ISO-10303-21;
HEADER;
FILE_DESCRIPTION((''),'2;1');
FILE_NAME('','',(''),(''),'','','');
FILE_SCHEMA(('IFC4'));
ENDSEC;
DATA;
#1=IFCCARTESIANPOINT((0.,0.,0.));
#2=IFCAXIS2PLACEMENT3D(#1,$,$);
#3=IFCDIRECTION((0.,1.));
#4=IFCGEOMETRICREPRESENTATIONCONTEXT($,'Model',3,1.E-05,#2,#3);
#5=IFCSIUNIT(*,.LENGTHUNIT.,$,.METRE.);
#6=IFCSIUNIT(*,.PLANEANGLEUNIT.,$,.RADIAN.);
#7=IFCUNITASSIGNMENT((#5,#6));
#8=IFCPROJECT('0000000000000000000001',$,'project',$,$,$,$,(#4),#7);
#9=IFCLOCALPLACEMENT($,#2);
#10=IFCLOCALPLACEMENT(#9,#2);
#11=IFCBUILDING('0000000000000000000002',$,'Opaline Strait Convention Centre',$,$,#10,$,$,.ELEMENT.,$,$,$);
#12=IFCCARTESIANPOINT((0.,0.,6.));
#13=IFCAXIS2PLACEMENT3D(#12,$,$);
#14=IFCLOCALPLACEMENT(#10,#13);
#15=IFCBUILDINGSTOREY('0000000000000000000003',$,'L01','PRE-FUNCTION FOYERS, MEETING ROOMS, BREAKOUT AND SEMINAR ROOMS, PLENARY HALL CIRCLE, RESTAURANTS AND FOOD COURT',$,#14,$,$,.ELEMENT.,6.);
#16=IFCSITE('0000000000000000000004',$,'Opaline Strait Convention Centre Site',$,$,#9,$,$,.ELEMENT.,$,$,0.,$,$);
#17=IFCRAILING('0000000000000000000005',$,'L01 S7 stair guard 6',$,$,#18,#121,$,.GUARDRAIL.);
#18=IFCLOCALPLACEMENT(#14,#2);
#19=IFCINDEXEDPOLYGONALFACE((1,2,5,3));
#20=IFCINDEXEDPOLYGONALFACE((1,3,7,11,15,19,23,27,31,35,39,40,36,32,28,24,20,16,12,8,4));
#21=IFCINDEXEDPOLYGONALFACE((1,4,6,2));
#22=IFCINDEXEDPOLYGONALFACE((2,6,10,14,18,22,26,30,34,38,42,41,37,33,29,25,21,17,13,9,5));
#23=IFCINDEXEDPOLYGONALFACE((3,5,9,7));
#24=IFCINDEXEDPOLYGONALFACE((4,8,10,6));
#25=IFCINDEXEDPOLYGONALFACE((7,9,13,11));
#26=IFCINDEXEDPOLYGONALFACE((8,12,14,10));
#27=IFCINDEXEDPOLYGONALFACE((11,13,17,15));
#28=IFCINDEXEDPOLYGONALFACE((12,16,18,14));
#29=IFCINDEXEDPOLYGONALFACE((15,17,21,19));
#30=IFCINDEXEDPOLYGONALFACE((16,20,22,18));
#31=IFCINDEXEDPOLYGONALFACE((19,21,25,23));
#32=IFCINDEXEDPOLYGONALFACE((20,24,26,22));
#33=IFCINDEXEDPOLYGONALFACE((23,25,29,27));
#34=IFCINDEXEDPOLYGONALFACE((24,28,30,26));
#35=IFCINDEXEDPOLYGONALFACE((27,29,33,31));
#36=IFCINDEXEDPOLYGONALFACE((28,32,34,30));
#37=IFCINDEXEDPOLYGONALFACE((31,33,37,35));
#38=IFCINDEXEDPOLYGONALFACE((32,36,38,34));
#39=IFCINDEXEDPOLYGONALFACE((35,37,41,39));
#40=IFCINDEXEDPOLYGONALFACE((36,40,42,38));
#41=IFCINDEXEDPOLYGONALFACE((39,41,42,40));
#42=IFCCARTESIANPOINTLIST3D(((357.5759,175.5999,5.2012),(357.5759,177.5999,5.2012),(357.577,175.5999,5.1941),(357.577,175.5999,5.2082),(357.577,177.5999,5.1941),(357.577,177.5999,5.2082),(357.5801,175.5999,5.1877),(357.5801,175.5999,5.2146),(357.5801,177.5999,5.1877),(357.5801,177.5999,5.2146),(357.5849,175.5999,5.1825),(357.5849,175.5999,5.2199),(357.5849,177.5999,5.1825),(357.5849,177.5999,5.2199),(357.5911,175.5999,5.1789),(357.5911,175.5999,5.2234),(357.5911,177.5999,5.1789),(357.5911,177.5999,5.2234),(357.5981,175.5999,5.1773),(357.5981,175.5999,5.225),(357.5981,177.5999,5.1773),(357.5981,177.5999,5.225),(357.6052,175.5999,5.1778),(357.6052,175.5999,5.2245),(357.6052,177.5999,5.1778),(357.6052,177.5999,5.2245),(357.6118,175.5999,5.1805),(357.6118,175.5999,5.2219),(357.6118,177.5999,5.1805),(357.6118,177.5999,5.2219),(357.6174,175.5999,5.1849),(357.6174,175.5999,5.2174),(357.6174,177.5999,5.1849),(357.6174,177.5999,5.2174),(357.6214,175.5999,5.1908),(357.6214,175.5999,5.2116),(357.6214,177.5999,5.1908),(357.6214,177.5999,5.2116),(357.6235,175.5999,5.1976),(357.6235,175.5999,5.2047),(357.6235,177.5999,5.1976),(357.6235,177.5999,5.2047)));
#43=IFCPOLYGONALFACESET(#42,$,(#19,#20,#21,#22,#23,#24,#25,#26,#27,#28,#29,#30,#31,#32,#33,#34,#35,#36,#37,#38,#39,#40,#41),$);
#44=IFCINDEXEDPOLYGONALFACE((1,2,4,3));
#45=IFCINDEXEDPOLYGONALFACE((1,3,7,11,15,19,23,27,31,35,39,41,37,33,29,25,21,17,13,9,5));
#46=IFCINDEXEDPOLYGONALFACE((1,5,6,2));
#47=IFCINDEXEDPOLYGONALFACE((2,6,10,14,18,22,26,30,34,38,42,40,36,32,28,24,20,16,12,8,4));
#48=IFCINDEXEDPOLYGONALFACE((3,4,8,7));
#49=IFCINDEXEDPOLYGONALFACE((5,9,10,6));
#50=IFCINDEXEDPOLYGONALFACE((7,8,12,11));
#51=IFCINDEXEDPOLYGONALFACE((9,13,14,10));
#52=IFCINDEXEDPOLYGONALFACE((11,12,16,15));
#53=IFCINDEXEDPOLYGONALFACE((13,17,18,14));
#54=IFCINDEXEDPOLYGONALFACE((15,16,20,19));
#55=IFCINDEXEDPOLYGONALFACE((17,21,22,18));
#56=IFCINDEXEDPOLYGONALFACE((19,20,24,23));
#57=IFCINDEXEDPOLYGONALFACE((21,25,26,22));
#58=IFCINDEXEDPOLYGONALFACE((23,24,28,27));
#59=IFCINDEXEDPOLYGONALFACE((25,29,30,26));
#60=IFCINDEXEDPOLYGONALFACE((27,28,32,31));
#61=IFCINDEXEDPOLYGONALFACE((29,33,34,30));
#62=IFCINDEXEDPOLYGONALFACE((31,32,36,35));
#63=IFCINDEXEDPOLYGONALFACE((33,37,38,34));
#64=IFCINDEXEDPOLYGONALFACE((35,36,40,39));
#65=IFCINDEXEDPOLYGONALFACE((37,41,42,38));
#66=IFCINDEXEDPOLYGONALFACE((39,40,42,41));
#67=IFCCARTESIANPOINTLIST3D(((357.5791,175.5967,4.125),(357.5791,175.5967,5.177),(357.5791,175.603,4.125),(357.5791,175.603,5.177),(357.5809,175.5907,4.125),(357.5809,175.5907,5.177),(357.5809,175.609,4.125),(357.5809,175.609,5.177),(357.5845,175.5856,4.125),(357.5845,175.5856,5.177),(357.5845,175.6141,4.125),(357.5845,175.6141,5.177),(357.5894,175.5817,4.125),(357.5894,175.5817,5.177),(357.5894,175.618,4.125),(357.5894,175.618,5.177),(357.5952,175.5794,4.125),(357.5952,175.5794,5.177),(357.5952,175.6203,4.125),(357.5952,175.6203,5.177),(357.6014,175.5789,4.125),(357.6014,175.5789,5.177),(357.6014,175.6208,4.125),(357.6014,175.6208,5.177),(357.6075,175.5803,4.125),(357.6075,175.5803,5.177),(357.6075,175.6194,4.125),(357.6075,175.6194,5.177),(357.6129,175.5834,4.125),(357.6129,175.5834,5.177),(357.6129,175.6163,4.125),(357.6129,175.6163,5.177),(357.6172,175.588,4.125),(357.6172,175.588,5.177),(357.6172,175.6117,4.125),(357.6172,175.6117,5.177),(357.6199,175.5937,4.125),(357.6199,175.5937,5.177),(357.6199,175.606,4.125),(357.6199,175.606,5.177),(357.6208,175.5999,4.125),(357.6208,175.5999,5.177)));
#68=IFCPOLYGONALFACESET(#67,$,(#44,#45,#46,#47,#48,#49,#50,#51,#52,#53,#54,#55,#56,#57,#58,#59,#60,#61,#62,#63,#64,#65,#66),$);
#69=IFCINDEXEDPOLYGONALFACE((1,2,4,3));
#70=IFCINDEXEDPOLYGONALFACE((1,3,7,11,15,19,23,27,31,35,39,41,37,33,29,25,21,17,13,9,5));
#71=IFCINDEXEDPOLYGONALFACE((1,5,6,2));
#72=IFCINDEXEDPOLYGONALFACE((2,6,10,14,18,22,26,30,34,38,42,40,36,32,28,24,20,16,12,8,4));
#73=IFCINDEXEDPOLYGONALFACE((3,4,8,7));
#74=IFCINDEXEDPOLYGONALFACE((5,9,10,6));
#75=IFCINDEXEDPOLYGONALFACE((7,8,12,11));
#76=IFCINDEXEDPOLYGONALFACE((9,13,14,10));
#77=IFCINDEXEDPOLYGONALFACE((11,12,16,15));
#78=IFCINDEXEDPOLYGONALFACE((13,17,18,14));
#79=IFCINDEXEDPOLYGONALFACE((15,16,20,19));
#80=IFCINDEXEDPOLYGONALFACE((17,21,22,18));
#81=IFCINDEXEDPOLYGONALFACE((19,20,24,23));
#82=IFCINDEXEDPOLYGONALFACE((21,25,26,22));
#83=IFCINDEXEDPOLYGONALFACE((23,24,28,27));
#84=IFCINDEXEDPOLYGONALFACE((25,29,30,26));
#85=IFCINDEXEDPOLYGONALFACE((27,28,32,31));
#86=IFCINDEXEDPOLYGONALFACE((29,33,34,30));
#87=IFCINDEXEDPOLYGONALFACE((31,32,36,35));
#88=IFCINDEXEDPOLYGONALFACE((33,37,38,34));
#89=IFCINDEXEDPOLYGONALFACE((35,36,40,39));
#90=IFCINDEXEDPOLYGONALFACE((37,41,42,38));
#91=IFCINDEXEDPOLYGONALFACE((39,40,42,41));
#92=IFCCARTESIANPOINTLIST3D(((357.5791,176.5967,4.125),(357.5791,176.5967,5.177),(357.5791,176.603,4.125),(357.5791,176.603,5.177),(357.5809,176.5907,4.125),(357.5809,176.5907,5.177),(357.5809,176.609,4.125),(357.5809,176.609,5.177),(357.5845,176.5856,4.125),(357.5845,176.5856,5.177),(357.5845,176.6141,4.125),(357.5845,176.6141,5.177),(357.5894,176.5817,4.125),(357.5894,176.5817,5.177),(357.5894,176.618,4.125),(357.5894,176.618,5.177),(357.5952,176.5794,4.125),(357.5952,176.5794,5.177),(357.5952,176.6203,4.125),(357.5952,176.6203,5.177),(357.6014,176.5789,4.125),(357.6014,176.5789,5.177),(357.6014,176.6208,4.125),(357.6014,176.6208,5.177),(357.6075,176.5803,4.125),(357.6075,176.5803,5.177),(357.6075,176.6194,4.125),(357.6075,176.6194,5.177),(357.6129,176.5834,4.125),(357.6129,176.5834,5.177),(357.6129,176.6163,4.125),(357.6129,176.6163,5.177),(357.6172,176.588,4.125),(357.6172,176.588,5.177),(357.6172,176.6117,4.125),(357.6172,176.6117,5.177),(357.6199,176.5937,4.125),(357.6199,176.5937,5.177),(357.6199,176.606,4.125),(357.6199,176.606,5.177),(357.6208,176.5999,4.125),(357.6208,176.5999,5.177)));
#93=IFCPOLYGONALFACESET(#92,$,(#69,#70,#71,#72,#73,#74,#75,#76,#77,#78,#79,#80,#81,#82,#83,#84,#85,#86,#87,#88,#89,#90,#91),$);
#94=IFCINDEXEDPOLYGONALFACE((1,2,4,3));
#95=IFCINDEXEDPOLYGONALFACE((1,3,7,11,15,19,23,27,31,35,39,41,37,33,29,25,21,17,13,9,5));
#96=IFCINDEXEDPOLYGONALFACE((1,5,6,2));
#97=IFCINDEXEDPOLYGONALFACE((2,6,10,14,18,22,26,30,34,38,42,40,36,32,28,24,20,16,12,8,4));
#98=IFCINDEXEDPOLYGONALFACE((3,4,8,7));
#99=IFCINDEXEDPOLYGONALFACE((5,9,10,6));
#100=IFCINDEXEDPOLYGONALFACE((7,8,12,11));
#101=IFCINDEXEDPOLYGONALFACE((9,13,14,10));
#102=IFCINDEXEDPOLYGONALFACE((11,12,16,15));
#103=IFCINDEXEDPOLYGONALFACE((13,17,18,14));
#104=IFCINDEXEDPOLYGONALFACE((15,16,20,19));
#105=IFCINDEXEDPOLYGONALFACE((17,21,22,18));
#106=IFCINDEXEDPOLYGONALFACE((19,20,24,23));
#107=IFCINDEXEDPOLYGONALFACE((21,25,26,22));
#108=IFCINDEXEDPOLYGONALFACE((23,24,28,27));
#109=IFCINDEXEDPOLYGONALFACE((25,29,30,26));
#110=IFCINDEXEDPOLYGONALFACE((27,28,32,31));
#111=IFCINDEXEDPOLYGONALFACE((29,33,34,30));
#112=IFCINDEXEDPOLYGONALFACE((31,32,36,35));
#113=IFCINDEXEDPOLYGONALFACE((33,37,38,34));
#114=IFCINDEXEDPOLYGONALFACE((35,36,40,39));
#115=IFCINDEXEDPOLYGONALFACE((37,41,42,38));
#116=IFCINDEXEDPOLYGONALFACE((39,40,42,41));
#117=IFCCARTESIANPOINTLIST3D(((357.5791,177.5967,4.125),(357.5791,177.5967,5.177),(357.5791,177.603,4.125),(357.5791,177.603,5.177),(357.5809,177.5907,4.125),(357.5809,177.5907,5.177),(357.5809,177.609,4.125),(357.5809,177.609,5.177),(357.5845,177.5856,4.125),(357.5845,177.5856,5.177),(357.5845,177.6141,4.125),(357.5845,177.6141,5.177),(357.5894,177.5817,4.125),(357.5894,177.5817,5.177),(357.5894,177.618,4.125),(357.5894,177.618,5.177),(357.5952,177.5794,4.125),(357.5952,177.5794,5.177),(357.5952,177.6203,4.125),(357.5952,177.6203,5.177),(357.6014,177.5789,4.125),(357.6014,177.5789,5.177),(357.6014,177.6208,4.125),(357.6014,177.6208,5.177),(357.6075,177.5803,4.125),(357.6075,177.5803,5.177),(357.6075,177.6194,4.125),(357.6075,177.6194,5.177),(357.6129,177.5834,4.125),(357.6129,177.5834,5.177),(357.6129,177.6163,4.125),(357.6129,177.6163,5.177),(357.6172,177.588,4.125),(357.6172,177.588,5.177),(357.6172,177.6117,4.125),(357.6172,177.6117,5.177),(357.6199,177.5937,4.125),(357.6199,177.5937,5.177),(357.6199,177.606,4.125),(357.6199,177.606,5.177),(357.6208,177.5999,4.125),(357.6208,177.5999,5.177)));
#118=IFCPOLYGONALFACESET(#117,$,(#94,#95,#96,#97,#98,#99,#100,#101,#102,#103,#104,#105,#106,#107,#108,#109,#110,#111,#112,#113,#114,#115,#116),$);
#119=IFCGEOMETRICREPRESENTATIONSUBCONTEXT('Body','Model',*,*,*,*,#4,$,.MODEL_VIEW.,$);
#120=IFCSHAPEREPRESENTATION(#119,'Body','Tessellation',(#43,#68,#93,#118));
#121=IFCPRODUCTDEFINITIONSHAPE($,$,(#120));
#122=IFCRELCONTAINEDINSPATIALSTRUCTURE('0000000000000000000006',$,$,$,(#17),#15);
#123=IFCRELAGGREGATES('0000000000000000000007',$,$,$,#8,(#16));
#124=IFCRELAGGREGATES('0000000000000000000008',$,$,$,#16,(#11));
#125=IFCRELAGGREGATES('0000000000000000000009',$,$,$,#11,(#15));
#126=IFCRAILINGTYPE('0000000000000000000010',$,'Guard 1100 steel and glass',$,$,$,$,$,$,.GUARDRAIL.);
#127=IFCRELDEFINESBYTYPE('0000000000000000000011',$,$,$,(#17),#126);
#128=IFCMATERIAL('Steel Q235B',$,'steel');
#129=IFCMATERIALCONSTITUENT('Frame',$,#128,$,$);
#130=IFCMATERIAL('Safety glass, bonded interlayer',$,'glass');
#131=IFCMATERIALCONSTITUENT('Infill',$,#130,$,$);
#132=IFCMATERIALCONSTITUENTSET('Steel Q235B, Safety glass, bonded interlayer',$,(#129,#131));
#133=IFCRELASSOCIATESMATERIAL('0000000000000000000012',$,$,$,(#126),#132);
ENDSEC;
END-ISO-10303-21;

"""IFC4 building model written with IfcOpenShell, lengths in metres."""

from ifc_helpers import new_model, si_unit, direction, frame, origin, origin_2d, place, context, subcontext, project, spatial, circle, extrude, material, constituent, constituent_set, type_object, element, save


model = new_model("IFC4")

# Units and contexts
model_context = context("Model", 3, precision=1e-05, world=origin(), true_north=direction((0.0, 1.0)))
body_context = subcontext(model_context, "Body", "Model", "MODEL_VIEW")
ifc_project = project(units=[si_unit("LENGTHUNIT", "METRE"), si_unit("PLANEANGLEUNIT", "RADIAN")], contexts=[model_context])

# Site, building, storey
site_placement = place(None, origin())
site = spatial("IfcSite", under=ifc_project, at=site_placement, Name="Opaline Strait Convention Centre Site", CompositionType="ELEMENT", RefElevation=0.0)
building_placement = place(site_placement, origin())
building = spatial("IfcBuilding", under=site, at=building_placement, Name="Opaline Strait Convention Centre", CompositionType="ELEMENT")
storey_placement = place(building_placement, frame((0.0, 0.0, 6.0)))
storey = spatial("IfcBuildingStorey", under=building, at=storey_placement, Name="L01", Description="PRE-FUNCTION FOYERS, MEETING ROOMS, BREAKOUT AND SEMINAR ROOMS, PLENARY HALL CIRCLE, RESTAURANTS AND FOOD COURT", CompositionType="ELEMENT", Elevation=6.0)

# Railing
ifc_material_1 = material(Name="Steel Q235B", Category="steel")
ifc_constituent_1 = constituent(ifc_material_1, Name="Frame")
ifc_material_2 = material(Name="Safety glass, bonded interlayer", Category="glass")
ifc_constituent_2 = constituent(ifc_material_2, Name="Infill")
ifc_constituent_set = constituent_set(constituents=[ifc_constituent_1, ifc_constituent_2], Name="Steel Q235B, Safety glass, bonded interlayer")
railing_type_1 = type_object("IfcRailingType", Name="Guard 1100 steel and glass", PredefinedType="GUARDRAIL", material=ifc_constituent_set)
railing_1_placement = place(storey_placement, frame((357.5999, 175.5999, 4.125)))
element("IfcRailing", 1, at=railing_1_placement, inside=storey, type_object=railing_type_1, Name="L01 S7 stair guard 6", PredefinedType="GUARDRAIL", context=body_context, shape_type="SweptSolid", body=[
    extrude(circle(Radius=0.0239, at=origin_2d()), frame((0.0, 0.0, 1.0762), z_axis=(0.0, 1.0, 0.0), x_axis=(-1.0, 0.0, 0.0)), (0.0, 0.0, 1.0), 2.0),
    extrude(circle(Radius=0.021, at=origin_2d()), origin(), (0.0, 0.0, 1.0), 1.052),
    extrude(circle(Radius=0.021, at=origin_2d()), frame((0.0, 1.0, 0.0)), (0.0, 0.0, 1.0), 1.052),
    extrude(circle(Radius=0.021, at=origin_2d()), frame((0.0, 2.0, 0.0)), (0.0, 0.0, 1.0), 1.052),
])

save(model, "model.ifc")
